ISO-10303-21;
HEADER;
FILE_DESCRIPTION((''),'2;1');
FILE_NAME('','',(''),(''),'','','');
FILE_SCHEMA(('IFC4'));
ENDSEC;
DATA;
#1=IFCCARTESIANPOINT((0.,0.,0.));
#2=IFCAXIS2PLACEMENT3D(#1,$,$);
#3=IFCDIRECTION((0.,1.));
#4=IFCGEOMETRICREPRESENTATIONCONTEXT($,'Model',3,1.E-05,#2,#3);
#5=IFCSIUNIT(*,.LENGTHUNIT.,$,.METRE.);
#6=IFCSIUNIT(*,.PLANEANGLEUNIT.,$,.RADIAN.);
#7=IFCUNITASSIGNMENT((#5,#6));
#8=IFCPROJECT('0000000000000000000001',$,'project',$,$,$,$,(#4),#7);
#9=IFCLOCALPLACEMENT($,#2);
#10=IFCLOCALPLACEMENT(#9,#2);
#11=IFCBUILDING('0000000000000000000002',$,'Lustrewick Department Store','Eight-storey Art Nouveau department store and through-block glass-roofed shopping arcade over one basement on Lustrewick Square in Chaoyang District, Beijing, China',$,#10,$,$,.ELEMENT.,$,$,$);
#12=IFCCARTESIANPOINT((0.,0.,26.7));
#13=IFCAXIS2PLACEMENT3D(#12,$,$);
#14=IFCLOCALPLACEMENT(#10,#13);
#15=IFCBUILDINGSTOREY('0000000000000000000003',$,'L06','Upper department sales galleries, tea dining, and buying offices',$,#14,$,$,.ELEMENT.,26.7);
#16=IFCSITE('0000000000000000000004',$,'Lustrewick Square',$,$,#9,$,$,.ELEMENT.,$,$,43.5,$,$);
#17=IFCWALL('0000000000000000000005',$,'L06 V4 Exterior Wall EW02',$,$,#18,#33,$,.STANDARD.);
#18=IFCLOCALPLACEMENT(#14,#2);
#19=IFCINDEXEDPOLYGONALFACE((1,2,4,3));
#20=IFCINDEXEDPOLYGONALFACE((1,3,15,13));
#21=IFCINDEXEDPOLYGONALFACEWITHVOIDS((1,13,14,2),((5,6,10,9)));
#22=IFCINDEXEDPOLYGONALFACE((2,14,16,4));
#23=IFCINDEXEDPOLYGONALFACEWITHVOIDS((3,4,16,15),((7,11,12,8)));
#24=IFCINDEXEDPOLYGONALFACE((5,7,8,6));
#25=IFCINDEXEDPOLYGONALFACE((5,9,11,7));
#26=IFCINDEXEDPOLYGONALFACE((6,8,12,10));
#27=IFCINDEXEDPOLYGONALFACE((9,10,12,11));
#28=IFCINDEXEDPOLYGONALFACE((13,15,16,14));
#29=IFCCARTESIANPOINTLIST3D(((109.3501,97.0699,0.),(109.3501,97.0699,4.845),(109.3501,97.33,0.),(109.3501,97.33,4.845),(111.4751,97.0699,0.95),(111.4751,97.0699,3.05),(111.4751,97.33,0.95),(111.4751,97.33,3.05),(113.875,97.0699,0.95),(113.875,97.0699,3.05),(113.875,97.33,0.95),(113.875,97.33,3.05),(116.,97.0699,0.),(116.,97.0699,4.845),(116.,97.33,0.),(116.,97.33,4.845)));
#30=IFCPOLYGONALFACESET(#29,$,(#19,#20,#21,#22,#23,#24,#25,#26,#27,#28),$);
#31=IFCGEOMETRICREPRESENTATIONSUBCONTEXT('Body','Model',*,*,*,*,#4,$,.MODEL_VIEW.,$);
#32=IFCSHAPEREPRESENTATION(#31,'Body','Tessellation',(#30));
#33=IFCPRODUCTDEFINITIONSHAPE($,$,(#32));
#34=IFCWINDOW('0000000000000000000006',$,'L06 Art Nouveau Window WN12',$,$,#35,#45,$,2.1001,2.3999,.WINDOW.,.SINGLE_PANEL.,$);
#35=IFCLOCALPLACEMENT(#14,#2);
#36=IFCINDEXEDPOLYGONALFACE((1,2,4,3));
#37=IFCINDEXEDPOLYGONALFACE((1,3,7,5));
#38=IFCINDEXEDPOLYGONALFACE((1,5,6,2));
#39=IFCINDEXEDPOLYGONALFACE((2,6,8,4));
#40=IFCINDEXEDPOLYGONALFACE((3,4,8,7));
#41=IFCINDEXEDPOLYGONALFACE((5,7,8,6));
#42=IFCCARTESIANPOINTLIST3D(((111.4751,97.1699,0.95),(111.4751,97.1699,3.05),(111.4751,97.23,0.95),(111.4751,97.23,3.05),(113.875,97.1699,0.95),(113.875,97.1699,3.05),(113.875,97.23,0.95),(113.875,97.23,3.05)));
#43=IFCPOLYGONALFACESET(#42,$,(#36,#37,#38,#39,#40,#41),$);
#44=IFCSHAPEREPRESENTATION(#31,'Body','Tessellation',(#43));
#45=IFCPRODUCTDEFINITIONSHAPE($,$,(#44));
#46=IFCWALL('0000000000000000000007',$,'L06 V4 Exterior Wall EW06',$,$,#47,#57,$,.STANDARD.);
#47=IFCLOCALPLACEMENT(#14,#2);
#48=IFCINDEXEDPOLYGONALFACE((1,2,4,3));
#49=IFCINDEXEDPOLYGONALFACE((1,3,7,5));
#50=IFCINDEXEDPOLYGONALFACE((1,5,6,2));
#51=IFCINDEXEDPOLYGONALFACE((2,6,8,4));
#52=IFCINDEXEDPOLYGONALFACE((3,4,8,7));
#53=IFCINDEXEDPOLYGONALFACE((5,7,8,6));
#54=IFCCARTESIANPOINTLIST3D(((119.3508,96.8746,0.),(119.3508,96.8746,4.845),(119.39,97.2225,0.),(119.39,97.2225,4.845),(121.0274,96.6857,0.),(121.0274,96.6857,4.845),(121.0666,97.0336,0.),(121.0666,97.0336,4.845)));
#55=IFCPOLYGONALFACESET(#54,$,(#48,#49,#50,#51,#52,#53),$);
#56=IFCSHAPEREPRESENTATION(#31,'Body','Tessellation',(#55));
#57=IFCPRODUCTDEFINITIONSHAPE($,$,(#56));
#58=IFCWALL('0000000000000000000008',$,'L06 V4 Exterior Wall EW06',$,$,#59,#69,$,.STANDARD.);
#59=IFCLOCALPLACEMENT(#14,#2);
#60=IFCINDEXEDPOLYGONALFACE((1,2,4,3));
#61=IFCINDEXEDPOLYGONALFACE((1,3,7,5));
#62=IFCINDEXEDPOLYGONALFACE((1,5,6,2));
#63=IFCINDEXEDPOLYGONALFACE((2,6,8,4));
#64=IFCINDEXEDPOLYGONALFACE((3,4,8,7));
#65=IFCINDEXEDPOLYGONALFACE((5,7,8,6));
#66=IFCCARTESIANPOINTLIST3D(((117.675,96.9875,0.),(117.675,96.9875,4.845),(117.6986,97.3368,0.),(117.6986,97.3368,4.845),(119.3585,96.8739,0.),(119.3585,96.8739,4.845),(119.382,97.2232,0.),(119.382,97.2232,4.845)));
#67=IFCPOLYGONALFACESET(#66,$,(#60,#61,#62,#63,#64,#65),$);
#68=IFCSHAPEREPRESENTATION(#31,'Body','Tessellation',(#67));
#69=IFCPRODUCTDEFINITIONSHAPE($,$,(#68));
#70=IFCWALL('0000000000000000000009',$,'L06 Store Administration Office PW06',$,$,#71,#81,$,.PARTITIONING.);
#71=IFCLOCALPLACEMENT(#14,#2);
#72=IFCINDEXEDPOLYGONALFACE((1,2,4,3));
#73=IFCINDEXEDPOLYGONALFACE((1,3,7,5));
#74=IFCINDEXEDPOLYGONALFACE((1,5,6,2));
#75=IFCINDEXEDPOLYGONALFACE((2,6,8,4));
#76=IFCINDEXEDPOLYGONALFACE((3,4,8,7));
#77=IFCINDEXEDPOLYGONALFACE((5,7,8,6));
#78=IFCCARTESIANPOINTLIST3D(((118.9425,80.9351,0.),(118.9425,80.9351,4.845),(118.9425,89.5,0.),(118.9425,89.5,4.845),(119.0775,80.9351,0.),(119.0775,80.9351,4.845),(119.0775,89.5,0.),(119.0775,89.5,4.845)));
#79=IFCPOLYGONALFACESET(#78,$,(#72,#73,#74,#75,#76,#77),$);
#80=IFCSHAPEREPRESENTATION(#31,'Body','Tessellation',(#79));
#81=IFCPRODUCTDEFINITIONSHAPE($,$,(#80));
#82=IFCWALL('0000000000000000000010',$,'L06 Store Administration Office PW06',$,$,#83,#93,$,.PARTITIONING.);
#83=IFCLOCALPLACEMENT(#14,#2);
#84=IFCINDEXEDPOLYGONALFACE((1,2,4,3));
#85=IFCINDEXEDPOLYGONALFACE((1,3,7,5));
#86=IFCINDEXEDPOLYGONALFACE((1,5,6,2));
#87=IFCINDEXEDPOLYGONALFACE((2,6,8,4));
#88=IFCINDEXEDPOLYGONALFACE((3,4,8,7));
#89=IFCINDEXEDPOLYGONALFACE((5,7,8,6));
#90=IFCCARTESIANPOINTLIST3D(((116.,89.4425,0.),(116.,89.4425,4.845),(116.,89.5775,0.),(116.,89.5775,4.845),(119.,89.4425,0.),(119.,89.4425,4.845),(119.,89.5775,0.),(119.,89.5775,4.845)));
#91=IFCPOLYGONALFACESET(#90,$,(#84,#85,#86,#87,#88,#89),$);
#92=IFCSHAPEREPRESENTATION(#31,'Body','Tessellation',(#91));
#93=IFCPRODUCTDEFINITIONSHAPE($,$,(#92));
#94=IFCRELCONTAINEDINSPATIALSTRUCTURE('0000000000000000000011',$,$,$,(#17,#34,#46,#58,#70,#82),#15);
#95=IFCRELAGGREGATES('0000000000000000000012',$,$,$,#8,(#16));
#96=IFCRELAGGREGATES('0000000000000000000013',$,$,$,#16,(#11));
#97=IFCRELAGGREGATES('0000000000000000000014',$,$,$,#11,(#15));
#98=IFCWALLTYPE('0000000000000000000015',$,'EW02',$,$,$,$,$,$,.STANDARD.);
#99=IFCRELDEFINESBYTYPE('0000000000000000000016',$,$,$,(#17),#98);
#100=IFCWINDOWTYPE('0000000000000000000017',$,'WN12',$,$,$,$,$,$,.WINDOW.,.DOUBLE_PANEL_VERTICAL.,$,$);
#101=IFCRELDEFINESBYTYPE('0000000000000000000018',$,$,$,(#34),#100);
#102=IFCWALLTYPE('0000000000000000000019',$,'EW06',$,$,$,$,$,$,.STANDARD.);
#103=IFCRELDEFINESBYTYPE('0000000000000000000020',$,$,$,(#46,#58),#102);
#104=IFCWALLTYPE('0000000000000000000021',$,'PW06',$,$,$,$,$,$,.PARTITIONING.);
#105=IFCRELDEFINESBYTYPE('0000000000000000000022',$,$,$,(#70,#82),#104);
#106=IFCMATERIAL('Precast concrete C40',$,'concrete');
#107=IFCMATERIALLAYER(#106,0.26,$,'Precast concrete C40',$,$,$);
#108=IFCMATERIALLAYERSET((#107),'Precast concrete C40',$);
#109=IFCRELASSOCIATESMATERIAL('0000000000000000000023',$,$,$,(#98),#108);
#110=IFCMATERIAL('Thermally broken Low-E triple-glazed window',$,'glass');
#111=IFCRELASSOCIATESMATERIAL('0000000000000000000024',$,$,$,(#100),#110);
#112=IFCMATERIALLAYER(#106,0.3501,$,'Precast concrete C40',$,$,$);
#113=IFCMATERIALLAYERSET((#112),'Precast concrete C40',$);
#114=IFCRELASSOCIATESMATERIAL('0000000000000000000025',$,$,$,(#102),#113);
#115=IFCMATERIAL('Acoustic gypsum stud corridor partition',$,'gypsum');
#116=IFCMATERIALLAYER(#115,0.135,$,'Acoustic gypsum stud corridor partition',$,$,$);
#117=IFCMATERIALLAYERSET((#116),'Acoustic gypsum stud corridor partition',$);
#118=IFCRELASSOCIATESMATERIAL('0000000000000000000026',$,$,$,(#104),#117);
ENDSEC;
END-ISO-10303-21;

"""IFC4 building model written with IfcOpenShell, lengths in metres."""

from ifc_helpers import new_model, si_unit, direction, frame, frame_2d, origin, place, context, subcontext, project, spatial, rectangle, extrude, material, layer, layer_set, type_object, element, fill, save


model = new_model("IFC4")

# Units and contexts
model_context = context("Model", 3, precision=1e-05, world=origin(), true_north=direction((0.0, 1.0)))
body_context = subcontext(model_context, "Body", "Model", "MODEL_VIEW")
ifc_project = project(units=[si_unit("LENGTHUNIT", "METRE"), si_unit("PLANEANGLEUNIT", "RADIAN")], contexts=[model_context])

# Site, building, storey
site_placement = place(None, origin())
site = spatial("IfcSite", under=ifc_project, at=site_placement, Name="Lustrewick Square", CompositionType="ELEMENT", RefElevation=43.5)
building_placement = place(site_placement, origin())
building = spatial("IfcBuilding", under=site, at=building_placement, Name="Lustrewick Department Store", Description="Eight-storey Art Nouveau department store and through-block glass-roofed shopping arcade over one basement on Lustrewick Square in Chaoyang District, Beijing, China", CompositionType="ELEMENT")
storey_placement = place(building_placement, frame((0.0, 0.0, 26.7)))
storey = spatial("IfcBuildingStorey", under=building, at=storey_placement, Name="L06", Description="Upper department sales galleries, tea dining, and buying offices", CompositionType="ELEMENT", Elevation=26.7)

# Wall, opening, window
ifc_material_1 = material(Name="Precast concrete C40", Category="concrete")
ifc_layer_1 = layer(ifc_material_1, 0.26, Name="Precast concrete C40")
ifc_layer_set_1 = layer_set([ifc_layer_1], Name="Precast concrete C40")
wall_type_1 = type_object("IfcWallType", Name="EW02", PredefinedType="STANDARD", material=ifc_layer_set_1)
wall_1_placement = place(storey_placement, frame((116.0, 97.2, 0.0), z_axis=(0.0, 0.0, 1.0), x_axis=(-1.0, 0.0, 0.0)))
wall_1 = element("IfcWall", 1, at=wall_1_placement, inside=storey, type_object=wall_type_1, Name="L06 V4 Exterior Wall EW02", PredefinedType="STANDARD", context=body_context, shape_type="SweptSolid", body=[
    extrude(rectangle(XDim=6.6499, YDim=0.26, at=frame_2d((3.325, 0.0))), origin(), (0.0, 0.0, 1.0), 4.845),
])
opening_placement = place(wall_1_placement, frame((2.125, 0.0, 0.95)))
opening = element("IfcOpeningElement", 2, at=opening_placement, cuts=wall_1, PredefinedType="OPENING", context=body_context, shape_type="SweptSolid", body=[
    extrude(rectangle(XDim=2.3999, YDim=2.1001, at=frame_2d((1.2, 1.05))), frame((0.0, 0.1401, 0.0), z_axis=(0.0, -1.0, 0.0), x_axis=(1.0, 0.0, 0.0)), (0.0, 0.0, 1.0), 0.28),
])
ifc_material_2 = material(Name="Thermally broken Low-E triple-glazed window", Category="glass")
window_type = type_object("IfcWindowType", Name="WN12", PartitioningType="DOUBLE_PANEL_VERTICAL", PredefinedType="WINDOW", material=ifc_material_2)
window_placement = place(opening_placement, origin())
window = element("IfcWindow", 3, at=window_placement, inside=storey, type_object=window_type, Name="L06 Art Nouveau Window WN12", OverallHeight=2.1001, OverallWidth=2.3999, PartitioningType="SINGLE_PANEL", PredefinedType="WINDOW", context=body_context, shape_type="SweptSolid", body=[
    extrude(rectangle(XDim=2.3999, YDim=2.1001, at=frame_2d((1.2, 1.05))), frame((0.0, 0.03, 0.0), z_axis=(0.0, -1.0, 0.0), x_axis=(1.0, 0.0, 0.0)), (0.0, 0.0, 1.0), 0.0601),
])
fill(opening, window)

# Walls
ifc_layer_2 = layer(ifc_material_1, 0.3501, Name="Precast concrete C40")
ifc_layer_set_2 = layer_set([ifc_layer_2], Name="Precast concrete C40")
wall_type_2 = type_object("IfcWallType", Name="EW06", PredefinedType="STANDARD", material=ifc_layer_set_2)
for number, where, z_axis, x_axis, name in (
    (4, (121.0471, 96.8596, 0.0), (0.0, 0.0, 1.0), (-0.99371, 0.111988, 0.0), "L06 V4 Exterior Wall EW06"),
    (5, (119.3704, 97.0486, 0.0), (0.0, 0.0, 1.0), (-0.997734, 0.067287, 0.0), "L06 V4 Exterior Wall EW06"),
):
    element("IfcWall", number, at=place(storey_placement, frame(where, z_axis=z_axis, x_axis=x_axis)), inside=storey, type_object=wall_type_2, Name=name, PredefinedType="STANDARD", context=body_context, shape_type="SweptSolid", body=[
        extrude(rectangle(XDim=1.6873, YDim=0.3501, at=frame_2d((0.8438, 0.0))), origin(), (0.0, 0.0, 1.0), 4.845),
    ])
ifc_material_3 = material(Name="Acoustic gypsum stud corridor partition", Category="gypsum")
ifc_layer_3 = layer(ifc_material_3, 0.135, Name="Acoustic gypsum stud corridor partition")
ifc_layer_set_3 = layer_set([ifc_layer_3], Name="Acoustic gypsum stud corridor partition")
wall_type_3 = type_object("IfcWallType", Name="PW06", PredefinedType="PARTITIONING", material=ifc_layer_set_3)
wall_2_placement = place(storey_placement, frame((119.01, 89.5, 0.0), z_axis=(0.0, 0.0, 1.0), x_axis=(0.0, -1.0, 0.0)))
element("IfcWall", 6, at=wall_2_placement, inside=storey, type_object=wall_type_3, Name="L06 Store Administration Office PW06", PredefinedType="PARTITIONING", context=body_context, shape_type="SweptSolid", body=[
    extrude(rectangle(XDim=8.5649, YDim=0.135, at=frame_2d((4.2825, 0.0))), origin(), (0.0, 0.0, 1.0), 4.845),
])
wall_3_placement = place(storey_placement, frame((116.0, 89.51, 0.0), z_axis=(0.0, 0.0, 1.0), x_axis=(1.0, 0.0, 0.0)))
element("IfcWall", 7, at=wall_3_placement, inside=storey, type_object=wall_type_3, Name="L06 Store Administration Office PW06", PredefinedType="PARTITIONING", context=body_context, shape_type="SweptSolid", body=[
    extrude(rectangle(XDim=3.0, YDim=0.135, at=frame_2d((1.5, 0.0))), origin(), (0.0, 0.0, 1.0), 4.845),
])

save(model, "model.ifc")
